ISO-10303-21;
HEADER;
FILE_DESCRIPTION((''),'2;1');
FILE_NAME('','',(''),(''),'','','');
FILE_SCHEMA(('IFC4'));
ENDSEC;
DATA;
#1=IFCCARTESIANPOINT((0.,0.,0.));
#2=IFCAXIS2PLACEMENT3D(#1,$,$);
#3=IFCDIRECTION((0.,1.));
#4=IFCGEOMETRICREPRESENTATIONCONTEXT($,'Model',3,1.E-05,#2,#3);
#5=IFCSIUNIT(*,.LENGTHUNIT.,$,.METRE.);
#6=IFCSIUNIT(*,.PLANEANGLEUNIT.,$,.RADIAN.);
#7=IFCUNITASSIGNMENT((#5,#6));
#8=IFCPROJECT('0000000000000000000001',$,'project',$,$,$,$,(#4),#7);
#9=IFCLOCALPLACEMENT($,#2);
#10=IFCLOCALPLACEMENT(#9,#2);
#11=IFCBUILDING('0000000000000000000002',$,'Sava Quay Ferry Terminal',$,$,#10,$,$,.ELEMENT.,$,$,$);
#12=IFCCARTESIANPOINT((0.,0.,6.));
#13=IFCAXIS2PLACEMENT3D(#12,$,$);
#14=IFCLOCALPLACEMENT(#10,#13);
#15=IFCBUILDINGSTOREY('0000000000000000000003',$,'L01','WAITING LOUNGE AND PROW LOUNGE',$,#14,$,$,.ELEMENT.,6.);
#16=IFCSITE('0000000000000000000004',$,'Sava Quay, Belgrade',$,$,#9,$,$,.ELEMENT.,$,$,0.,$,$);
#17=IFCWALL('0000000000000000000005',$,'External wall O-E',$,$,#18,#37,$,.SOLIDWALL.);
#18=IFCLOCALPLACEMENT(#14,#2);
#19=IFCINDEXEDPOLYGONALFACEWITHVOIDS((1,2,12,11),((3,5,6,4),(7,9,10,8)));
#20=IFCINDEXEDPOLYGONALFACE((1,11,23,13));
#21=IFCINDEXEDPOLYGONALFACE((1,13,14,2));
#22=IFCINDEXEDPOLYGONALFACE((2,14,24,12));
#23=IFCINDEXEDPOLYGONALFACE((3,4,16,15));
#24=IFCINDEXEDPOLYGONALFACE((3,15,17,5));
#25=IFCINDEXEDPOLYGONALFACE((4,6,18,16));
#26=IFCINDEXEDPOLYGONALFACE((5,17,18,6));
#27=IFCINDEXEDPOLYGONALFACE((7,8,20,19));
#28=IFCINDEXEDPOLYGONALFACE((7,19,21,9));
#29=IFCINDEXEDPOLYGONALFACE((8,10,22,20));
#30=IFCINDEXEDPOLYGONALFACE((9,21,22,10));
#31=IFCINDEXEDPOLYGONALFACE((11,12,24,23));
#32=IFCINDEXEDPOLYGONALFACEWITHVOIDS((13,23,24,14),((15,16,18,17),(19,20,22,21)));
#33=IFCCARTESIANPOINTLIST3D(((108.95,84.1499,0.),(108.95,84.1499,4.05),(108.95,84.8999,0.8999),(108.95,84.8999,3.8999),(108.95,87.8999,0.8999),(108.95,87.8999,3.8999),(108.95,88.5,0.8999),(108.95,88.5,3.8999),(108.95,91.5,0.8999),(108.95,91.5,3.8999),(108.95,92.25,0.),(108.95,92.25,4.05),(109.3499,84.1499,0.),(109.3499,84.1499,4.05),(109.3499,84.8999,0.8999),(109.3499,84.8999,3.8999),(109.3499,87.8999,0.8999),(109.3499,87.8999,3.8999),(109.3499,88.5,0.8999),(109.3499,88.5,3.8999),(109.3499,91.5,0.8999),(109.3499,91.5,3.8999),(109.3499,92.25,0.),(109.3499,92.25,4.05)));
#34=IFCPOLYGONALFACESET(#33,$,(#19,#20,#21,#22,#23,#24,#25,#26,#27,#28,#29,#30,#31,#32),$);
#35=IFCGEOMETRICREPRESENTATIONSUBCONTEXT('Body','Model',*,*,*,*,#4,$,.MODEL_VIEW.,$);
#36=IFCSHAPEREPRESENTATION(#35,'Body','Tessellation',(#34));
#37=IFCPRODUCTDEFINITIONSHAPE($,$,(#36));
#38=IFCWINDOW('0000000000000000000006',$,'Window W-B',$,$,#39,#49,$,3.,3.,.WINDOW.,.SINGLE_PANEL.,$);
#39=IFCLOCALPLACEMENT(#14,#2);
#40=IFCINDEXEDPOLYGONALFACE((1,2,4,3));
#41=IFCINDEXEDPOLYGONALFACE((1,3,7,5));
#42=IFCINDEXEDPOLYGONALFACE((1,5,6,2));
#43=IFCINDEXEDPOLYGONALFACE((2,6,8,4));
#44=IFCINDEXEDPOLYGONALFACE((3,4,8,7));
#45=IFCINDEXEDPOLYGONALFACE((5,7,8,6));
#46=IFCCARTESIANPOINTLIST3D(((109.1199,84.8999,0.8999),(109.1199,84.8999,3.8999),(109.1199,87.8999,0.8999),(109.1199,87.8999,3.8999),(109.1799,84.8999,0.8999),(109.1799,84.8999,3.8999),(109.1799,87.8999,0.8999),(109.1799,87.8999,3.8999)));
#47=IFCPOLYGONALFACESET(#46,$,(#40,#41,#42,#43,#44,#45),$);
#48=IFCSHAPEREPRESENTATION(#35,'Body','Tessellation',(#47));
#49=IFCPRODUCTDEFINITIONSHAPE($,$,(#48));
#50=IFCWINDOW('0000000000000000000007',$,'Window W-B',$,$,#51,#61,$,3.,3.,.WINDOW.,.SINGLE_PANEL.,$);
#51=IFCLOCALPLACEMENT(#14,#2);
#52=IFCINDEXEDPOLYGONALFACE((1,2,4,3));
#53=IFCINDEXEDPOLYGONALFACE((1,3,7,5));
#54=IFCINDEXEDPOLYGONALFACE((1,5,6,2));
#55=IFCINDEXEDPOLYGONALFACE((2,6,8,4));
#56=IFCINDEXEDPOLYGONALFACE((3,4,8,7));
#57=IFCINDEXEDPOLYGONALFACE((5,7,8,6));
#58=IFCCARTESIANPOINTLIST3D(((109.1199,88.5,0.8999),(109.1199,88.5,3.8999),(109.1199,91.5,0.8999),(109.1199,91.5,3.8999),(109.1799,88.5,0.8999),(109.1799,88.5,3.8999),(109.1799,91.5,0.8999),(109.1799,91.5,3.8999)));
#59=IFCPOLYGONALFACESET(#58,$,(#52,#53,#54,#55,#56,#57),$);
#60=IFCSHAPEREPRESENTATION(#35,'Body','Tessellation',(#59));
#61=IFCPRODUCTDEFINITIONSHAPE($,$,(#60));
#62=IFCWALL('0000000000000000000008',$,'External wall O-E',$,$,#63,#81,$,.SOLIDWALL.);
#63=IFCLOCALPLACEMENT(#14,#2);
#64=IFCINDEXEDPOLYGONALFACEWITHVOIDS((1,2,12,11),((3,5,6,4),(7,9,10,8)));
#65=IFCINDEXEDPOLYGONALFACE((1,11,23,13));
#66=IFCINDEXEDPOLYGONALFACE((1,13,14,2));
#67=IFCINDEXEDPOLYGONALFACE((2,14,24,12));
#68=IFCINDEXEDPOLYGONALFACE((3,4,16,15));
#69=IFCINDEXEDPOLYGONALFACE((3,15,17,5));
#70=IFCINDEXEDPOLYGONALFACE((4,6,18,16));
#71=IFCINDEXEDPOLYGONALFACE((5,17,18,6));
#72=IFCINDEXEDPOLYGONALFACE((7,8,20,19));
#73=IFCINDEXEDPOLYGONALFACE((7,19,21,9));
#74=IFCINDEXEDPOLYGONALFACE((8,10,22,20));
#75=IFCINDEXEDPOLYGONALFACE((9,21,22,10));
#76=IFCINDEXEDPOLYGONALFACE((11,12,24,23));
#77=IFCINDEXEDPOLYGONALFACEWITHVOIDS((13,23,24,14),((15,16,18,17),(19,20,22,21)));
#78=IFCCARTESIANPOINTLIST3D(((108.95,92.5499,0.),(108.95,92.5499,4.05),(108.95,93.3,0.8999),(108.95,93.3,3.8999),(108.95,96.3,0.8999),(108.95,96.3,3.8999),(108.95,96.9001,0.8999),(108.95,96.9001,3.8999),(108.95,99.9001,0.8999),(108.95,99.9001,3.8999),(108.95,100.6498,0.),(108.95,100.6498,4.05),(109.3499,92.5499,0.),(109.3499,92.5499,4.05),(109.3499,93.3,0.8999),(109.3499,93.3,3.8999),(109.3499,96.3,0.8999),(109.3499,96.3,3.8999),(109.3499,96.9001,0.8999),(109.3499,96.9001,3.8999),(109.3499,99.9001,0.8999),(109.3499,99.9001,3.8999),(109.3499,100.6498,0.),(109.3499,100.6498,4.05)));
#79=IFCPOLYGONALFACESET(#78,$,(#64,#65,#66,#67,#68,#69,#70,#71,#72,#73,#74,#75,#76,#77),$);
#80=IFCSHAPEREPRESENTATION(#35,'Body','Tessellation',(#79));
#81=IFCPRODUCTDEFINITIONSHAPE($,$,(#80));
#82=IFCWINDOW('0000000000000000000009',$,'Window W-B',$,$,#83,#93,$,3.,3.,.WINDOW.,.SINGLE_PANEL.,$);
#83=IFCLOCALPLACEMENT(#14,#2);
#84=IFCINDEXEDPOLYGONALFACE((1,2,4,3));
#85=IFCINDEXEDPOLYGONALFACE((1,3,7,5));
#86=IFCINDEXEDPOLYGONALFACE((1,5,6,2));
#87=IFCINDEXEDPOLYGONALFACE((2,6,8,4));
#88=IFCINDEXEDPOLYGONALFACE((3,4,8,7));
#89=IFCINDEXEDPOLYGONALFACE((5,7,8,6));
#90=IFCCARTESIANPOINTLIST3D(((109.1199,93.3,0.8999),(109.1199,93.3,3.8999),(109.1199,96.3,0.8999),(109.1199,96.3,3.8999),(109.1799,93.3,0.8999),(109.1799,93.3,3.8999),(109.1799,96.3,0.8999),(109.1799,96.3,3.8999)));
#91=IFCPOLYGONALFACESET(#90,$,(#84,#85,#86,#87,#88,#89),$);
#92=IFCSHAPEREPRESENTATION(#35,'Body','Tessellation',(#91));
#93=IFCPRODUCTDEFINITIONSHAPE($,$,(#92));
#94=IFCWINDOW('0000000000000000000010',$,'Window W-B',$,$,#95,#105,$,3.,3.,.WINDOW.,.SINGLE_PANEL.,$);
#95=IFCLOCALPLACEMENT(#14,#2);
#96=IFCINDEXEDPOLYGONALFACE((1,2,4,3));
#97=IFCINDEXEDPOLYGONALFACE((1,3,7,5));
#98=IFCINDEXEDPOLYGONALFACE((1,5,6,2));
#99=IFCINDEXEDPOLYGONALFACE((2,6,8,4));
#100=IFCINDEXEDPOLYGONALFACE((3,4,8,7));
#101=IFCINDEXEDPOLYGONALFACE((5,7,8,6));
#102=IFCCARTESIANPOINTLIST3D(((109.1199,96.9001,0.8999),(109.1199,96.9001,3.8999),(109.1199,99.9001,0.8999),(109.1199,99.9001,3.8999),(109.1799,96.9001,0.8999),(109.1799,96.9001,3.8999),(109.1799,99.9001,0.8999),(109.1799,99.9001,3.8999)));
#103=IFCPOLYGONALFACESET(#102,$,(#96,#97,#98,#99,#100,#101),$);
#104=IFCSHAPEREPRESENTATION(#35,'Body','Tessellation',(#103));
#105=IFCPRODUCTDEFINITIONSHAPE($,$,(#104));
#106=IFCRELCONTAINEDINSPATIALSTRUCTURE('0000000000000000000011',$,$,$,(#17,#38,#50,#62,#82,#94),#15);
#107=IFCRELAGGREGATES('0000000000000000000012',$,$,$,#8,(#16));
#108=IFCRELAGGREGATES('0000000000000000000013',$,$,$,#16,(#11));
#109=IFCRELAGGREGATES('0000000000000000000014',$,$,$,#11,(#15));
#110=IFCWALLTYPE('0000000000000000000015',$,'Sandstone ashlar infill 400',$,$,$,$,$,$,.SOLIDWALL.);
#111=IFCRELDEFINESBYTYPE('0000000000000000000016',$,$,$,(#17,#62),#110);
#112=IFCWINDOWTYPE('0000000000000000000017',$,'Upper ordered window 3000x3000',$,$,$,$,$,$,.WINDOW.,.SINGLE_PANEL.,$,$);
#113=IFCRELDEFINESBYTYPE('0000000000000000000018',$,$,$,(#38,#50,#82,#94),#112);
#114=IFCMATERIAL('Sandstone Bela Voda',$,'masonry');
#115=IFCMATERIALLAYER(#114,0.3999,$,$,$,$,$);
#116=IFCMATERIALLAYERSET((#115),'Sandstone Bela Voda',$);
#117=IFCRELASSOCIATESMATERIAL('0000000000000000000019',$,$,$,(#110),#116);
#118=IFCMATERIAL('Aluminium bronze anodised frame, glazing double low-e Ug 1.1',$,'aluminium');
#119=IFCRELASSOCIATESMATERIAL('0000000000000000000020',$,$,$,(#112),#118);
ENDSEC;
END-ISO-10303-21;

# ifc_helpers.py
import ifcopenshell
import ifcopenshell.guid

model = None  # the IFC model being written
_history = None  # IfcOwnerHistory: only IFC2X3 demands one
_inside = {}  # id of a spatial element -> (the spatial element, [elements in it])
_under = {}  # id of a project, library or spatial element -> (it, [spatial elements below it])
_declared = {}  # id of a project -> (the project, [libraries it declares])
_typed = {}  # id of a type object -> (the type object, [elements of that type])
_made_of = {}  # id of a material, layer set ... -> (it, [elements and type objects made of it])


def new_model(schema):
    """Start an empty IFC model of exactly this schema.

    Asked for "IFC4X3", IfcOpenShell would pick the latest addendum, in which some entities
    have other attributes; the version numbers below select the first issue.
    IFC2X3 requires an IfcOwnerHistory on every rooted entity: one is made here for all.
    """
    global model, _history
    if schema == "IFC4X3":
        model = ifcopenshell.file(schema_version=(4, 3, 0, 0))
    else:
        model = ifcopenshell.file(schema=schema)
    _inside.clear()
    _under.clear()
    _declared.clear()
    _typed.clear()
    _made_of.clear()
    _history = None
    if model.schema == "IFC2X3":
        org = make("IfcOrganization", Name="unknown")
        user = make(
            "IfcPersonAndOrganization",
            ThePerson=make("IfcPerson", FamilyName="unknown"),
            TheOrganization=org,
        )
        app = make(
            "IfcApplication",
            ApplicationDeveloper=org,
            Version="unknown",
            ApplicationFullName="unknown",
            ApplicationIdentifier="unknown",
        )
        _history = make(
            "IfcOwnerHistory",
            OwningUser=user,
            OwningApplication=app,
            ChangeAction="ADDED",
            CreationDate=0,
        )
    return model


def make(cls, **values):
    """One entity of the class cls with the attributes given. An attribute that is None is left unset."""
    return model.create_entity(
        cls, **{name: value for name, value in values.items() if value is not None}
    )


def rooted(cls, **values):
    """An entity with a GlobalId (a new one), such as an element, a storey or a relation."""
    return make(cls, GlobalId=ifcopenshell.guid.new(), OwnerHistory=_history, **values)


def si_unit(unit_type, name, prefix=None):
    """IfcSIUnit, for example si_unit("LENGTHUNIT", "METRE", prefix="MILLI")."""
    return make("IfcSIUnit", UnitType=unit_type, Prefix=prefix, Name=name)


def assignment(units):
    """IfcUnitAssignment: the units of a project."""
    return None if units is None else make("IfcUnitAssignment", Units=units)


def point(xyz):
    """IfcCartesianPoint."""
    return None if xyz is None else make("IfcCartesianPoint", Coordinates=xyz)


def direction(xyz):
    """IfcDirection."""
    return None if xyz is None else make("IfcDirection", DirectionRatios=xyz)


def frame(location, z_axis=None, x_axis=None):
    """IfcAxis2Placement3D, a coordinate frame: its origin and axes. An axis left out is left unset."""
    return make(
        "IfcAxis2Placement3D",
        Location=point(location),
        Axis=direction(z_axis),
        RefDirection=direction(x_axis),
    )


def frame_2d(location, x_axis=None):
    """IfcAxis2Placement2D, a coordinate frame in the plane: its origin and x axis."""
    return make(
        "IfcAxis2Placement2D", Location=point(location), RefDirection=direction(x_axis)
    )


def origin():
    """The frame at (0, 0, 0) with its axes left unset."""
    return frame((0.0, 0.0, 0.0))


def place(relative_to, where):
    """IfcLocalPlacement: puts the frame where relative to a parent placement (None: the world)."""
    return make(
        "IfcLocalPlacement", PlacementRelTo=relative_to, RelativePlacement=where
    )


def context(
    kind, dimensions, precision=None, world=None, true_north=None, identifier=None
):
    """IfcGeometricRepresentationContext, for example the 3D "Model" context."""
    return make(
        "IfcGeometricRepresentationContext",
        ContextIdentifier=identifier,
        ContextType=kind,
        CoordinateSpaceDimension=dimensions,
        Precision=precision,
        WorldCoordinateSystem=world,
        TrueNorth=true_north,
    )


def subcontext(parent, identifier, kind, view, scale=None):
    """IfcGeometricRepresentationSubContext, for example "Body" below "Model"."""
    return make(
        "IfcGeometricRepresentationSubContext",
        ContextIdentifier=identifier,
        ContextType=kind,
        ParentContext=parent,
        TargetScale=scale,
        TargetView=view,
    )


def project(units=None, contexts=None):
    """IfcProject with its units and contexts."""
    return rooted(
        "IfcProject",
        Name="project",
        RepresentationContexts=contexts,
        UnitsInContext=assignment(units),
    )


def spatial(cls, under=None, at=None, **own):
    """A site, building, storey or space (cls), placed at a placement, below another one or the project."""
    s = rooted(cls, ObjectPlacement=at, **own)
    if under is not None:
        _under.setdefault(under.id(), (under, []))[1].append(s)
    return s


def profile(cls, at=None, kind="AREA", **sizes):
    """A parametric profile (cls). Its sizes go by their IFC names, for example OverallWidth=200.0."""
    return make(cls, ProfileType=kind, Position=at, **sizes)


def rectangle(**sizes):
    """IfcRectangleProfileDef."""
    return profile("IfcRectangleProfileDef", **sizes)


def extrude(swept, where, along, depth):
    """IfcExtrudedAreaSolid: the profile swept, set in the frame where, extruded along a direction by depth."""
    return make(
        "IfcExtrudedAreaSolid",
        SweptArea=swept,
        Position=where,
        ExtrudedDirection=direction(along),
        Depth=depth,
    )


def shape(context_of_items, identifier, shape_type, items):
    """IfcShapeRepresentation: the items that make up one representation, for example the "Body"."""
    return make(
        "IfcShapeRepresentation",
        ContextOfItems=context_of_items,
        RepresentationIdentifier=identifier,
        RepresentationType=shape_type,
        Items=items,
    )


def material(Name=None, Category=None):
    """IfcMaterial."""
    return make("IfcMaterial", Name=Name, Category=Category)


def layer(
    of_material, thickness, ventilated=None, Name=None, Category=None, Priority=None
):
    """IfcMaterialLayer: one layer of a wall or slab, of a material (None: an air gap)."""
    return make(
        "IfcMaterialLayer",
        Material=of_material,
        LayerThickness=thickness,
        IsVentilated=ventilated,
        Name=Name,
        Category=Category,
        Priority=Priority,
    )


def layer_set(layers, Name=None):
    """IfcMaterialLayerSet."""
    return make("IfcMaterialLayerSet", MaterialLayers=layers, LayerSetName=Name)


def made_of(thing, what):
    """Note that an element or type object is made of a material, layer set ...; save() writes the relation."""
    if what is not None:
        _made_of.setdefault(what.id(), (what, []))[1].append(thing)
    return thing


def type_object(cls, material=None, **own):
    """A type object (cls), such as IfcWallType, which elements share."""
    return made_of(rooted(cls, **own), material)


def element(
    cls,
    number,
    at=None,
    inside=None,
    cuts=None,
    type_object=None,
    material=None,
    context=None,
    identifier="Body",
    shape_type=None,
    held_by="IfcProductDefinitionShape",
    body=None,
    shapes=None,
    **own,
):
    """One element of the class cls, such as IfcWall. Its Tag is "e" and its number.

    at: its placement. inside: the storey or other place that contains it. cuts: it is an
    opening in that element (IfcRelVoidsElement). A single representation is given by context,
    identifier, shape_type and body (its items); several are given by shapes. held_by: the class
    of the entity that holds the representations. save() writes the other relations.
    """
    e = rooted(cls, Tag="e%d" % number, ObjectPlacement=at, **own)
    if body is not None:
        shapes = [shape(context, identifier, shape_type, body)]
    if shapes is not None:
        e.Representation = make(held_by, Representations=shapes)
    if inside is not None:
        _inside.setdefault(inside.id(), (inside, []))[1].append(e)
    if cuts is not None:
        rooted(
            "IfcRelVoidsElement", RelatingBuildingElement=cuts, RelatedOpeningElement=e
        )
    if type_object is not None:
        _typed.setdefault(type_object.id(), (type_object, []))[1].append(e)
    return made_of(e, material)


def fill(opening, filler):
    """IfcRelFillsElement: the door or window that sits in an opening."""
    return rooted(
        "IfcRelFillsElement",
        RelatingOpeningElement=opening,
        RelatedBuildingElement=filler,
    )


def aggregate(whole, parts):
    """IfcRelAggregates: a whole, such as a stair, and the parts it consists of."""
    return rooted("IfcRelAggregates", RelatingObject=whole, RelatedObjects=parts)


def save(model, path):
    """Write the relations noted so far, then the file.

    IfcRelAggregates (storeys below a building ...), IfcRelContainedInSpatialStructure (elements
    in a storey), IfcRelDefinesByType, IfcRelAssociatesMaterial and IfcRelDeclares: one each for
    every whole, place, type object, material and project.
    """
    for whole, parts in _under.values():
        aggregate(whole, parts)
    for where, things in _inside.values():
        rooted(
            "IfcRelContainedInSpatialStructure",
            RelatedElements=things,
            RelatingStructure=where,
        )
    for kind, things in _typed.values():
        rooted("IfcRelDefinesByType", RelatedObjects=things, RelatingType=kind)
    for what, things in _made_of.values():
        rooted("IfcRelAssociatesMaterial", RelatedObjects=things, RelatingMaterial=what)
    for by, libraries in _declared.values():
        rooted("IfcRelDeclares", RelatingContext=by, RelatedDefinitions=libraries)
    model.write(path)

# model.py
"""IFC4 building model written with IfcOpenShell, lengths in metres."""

from ifc_helpers import new_model, si_unit, direction, frame, frame_2d, origin, place, context, subcontext, project, spatial, rectangle, extrude, material, layer, layer_set, type_object, element, fill, save


model = new_model("IFC4")

# Units and contexts
model_context = context("Model", 3, precision=1e-05, world=origin(), true_north=direction((0.0, 1.0)))
body_context = subcontext(model_context, "Body", "Model", "MODEL_VIEW")
ifc_project = project(units=[si_unit("LENGTHUNIT", "METRE"), si_unit("PLANEANGLEUNIT", "RADIAN")], contexts=[model_context])

# Site, building, storey
site_placement = place(None, origin())
site = spatial("IfcSite", under=ifc_project, at=site_placement, Name="Sava Quay, Belgrade", CompositionType="ELEMENT", RefElevation=0.0)
building_placement = place(site_placement, origin())
building = spatial("IfcBuilding", under=site, at=building_placement, Name="Sava Quay Ferry Terminal", CompositionType="ELEMENT")
storey_placement = place(building_placement, frame((0.0, 0.0, 6.0)))
storey = spatial("IfcBuildingStorey", under=building, at=storey_placement, Name="L01", Description="WAITING LOUNGE AND PROW LOUNGE", CompositionType="ELEMENT", Elevation=6.0)

# Walls, openings, windows
ifc_material_1 = material(Name="Sandstone Bela Voda", Category="masonry")
ifc_layer_1 = layer(ifc_material_1, 0.3999)
ifc_layer_set_1 = layer_set([ifc_layer_1], Name="Sandstone Bela Voda")
wall_type_1 = type_object("IfcWallType", Name="Sandstone ashlar infill 400", PredefinedType="SOLIDWALL", material=ifc_layer_set_1)
wall_1_placement = place(storey_placement, frame((109.1499, 84.1499, 0.0), z_axis=(0.0, 0.0, 1.0), x_axis=(0.0, 1.0, 0.0)))
wall_1 = element("IfcWall", 1, at=wall_1_placement, inside=storey, type_object=wall_type_1, Name="External wall O-E", PredefinedType="SOLIDWALL", context=body_context, shape_type="SweptSolid", body=[
    extrude(rectangle(XDim=8.1001, YDim=0.3999, at=frame_2d((4.05, 0.0))), origin(), (0.0, 0.0, 1.0), 4.05),
])
opening_1_placement = place(wall_1_placement, frame((0.75, 0.0, 0.8999)))
opening_1 = element("IfcOpeningElement", 2, at=opening_1_placement, cuts=wall_1, PredefinedType="OPENING", context=body_context, shape_type="SweptSolid", body=[
    extrude(rectangle(XDim=3.0, YDim=3.0, at=frame_2d((1.5, 1.5))), frame((0.0, 0.2, 0.0), z_axis=(0.0, -1.0, 0.0), x_axis=(1.0, 0.0, 0.0)), (0.0, 0.0, 1.0), 0.3999),
])
opening_2_placement = place(wall_1_placement, frame((4.3501, 0.0, 0.8999)))
opening_2 = element("IfcOpeningElement", 3, at=opening_2_placement, cuts=wall_1, PredefinedType="OPENING", context=body_context, shape_type="SweptSolid", body=[
    extrude(rectangle(XDim=3.0, YDim=3.0, at=frame_2d((1.5, 1.5))), frame((0.0, 0.2, 0.0), z_axis=(0.0, -1.0, 0.0), x_axis=(1.0, 0.0, 0.0)), (0.0, 0.0, 1.0), 0.3999),
])
ifc_material_2 = material(Name="Aluminium bronze anodised frame, glazing double low-e Ug 1.1", Category="aluminium")
window_type = type_object("IfcWindowType", Name="Upper ordered window 3000x3000", PartitioningType="SINGLE_PANEL", PredefinedType="WINDOW", material=ifc_material_2)
window_1_placement = place(opening_1_placement, origin())
window_1 = element("IfcWindow", 4, at=window_1_placement, inside=storey, type_object=window_type, Name="Window W-B", OverallHeight=3.0, OverallWidth=3.0, PartitioningType="SINGLE_PANEL", PredefinedType="WINDOW", context=body_context, shape_type="SweptSolid", body=[
    extrude(rectangle(XDim=3.0, YDim=3.0, at=frame_2d((1.5, 1.5))), frame((0.0, 0.03, 0.0), z_axis=(0.0, -1.0, 0.0), x_axis=(1.0, 0.0, 0.0)), (0.0, 0.0, 1.0), 0.0601),
])
fill(opening_1, window_1)
window_2_placement = place(opening_2_placement, origin())
window_2 = element("IfcWindow", 5, at=window_2_placement, inside=storey, type_object=window_type, Name="Window W-B", OverallHeight=3.0, OverallWidth=3.0, PartitioningType="SINGLE_PANEL", PredefinedType="WINDOW", context=body_context, shape_type="SweptSolid", body=[
    extrude(rectangle(XDim=3.0, YDim=3.0, at=frame_2d((1.5, 1.5))), frame((0.0, 0.03, 0.0), z_axis=(0.0, -1.0, 0.0), x_axis=(1.0, 0.0, 0.0)), (0.0, 0.0, 1.0), 0.0601),
])
fill(opening_2, window_2)
wall_2_placement = place(storey_placement, frame((109.1499, 92.55, 0.0), z_axis=(0.0, 0.0, 1.0), x_axis=(0.0, 1.0, 0.0)))
wall_2 = element("IfcWall", 6, at=wall_2_placement, inside=storey, type_object=wall_type_1, Name="External wall O-E", PredefinedType="SOLIDWALL", context=body_context, shape_type="SweptSolid", body=[
    extrude(rectangle(XDim=8.0999, YDim=0.3999, at=frame_2d((4.0498, 0.0))), origin(), (0.0, 0.0, 1.0), 4.05),
])
opening_3_placement = place(wall_2_placement, frame((0.75, 0.0, 0.8999)))
opening_3 = element("IfcOpeningElement", 7, at=opening_3_placement, cuts=wall_2, PredefinedType="OPENING", context=body_context, shape_type="SweptSolid", body=[
    extrude(rectangle(XDim=3.0, YDim=3.0, at=frame_2d((1.5, 1.5))), frame((0.0, 0.2, 0.0), z_axis=(0.0, -1.0, 0.0), x_axis=(1.0, 0.0, 0.0)), (0.0, 0.0, 1.0), 0.3999),
])
opening_4_placement = place(wall_2_placement, frame((4.3501, 0.0, 0.8999)))
opening_4 = element("IfcOpeningElement", 8, at=opening_4_placement, cuts=wall_2, PredefinedType="OPENING", context=body_context, shape_type="SweptSolid", body=[
    extrude(rectangle(XDim=3.0, YDim=3.0, at=frame_2d((1.5, 1.5))), frame((0.0, 0.2, 0.0), z_axis=(0.0, -1.0, 0.0), x_axis=(1.0, 0.0, 0.0)), (0.0, 0.0, 1.0), 0.3999),
])
window_3_placement = place(opening_3_placement, origin())
window_3 = element("IfcWindow", 9, at=window_3_placement, inside=storey, type_object=window_type, Name="Window W-B", OverallHeight=3.0, OverallWidth=3.0, PartitioningType="SINGLE_PANEL", PredefinedType="WINDOW", context=body_context, shape_type="SweptSolid", body=[
    extrude(rectangle(XDim=3.0, YDim=3.0, at=frame_2d((1.5, 1.5))), frame((0.0, 0.03, 0.0), z_axis=(0.0, -1.0, 0.0), x_axis=(1.0, 0.0, 0.0)), (0.0, 0.0, 1.0), 0.0601),
])
fill(opening_3, window_3)
window_4_placement = place(opening_4_placement, origin())
window_4 = element("IfcWindow", 10, at=window_4_placement, inside=storey, type_object=window_type, Name="Window W-B", OverallHeight=3.0, OverallWidth=3.0, PartitioningType="SINGLE_PANEL", PredefinedType="WINDOW", context=body_context, shape_type="SweptSolid", body=[
    extrude(rectangle(XDim=3.0, YDim=3.0, at=frame_2d((1.5, 1.5))), frame((0.0, 0.03, 0.0), z_axis=(0.0, -1.0, 0.0), x_axis=(1.0, 0.0, 0.0)), (0.0, 0.0, 1.0), 0.0601),
])
fill(opening_4, window_4)

save(model, "model.ifc")
